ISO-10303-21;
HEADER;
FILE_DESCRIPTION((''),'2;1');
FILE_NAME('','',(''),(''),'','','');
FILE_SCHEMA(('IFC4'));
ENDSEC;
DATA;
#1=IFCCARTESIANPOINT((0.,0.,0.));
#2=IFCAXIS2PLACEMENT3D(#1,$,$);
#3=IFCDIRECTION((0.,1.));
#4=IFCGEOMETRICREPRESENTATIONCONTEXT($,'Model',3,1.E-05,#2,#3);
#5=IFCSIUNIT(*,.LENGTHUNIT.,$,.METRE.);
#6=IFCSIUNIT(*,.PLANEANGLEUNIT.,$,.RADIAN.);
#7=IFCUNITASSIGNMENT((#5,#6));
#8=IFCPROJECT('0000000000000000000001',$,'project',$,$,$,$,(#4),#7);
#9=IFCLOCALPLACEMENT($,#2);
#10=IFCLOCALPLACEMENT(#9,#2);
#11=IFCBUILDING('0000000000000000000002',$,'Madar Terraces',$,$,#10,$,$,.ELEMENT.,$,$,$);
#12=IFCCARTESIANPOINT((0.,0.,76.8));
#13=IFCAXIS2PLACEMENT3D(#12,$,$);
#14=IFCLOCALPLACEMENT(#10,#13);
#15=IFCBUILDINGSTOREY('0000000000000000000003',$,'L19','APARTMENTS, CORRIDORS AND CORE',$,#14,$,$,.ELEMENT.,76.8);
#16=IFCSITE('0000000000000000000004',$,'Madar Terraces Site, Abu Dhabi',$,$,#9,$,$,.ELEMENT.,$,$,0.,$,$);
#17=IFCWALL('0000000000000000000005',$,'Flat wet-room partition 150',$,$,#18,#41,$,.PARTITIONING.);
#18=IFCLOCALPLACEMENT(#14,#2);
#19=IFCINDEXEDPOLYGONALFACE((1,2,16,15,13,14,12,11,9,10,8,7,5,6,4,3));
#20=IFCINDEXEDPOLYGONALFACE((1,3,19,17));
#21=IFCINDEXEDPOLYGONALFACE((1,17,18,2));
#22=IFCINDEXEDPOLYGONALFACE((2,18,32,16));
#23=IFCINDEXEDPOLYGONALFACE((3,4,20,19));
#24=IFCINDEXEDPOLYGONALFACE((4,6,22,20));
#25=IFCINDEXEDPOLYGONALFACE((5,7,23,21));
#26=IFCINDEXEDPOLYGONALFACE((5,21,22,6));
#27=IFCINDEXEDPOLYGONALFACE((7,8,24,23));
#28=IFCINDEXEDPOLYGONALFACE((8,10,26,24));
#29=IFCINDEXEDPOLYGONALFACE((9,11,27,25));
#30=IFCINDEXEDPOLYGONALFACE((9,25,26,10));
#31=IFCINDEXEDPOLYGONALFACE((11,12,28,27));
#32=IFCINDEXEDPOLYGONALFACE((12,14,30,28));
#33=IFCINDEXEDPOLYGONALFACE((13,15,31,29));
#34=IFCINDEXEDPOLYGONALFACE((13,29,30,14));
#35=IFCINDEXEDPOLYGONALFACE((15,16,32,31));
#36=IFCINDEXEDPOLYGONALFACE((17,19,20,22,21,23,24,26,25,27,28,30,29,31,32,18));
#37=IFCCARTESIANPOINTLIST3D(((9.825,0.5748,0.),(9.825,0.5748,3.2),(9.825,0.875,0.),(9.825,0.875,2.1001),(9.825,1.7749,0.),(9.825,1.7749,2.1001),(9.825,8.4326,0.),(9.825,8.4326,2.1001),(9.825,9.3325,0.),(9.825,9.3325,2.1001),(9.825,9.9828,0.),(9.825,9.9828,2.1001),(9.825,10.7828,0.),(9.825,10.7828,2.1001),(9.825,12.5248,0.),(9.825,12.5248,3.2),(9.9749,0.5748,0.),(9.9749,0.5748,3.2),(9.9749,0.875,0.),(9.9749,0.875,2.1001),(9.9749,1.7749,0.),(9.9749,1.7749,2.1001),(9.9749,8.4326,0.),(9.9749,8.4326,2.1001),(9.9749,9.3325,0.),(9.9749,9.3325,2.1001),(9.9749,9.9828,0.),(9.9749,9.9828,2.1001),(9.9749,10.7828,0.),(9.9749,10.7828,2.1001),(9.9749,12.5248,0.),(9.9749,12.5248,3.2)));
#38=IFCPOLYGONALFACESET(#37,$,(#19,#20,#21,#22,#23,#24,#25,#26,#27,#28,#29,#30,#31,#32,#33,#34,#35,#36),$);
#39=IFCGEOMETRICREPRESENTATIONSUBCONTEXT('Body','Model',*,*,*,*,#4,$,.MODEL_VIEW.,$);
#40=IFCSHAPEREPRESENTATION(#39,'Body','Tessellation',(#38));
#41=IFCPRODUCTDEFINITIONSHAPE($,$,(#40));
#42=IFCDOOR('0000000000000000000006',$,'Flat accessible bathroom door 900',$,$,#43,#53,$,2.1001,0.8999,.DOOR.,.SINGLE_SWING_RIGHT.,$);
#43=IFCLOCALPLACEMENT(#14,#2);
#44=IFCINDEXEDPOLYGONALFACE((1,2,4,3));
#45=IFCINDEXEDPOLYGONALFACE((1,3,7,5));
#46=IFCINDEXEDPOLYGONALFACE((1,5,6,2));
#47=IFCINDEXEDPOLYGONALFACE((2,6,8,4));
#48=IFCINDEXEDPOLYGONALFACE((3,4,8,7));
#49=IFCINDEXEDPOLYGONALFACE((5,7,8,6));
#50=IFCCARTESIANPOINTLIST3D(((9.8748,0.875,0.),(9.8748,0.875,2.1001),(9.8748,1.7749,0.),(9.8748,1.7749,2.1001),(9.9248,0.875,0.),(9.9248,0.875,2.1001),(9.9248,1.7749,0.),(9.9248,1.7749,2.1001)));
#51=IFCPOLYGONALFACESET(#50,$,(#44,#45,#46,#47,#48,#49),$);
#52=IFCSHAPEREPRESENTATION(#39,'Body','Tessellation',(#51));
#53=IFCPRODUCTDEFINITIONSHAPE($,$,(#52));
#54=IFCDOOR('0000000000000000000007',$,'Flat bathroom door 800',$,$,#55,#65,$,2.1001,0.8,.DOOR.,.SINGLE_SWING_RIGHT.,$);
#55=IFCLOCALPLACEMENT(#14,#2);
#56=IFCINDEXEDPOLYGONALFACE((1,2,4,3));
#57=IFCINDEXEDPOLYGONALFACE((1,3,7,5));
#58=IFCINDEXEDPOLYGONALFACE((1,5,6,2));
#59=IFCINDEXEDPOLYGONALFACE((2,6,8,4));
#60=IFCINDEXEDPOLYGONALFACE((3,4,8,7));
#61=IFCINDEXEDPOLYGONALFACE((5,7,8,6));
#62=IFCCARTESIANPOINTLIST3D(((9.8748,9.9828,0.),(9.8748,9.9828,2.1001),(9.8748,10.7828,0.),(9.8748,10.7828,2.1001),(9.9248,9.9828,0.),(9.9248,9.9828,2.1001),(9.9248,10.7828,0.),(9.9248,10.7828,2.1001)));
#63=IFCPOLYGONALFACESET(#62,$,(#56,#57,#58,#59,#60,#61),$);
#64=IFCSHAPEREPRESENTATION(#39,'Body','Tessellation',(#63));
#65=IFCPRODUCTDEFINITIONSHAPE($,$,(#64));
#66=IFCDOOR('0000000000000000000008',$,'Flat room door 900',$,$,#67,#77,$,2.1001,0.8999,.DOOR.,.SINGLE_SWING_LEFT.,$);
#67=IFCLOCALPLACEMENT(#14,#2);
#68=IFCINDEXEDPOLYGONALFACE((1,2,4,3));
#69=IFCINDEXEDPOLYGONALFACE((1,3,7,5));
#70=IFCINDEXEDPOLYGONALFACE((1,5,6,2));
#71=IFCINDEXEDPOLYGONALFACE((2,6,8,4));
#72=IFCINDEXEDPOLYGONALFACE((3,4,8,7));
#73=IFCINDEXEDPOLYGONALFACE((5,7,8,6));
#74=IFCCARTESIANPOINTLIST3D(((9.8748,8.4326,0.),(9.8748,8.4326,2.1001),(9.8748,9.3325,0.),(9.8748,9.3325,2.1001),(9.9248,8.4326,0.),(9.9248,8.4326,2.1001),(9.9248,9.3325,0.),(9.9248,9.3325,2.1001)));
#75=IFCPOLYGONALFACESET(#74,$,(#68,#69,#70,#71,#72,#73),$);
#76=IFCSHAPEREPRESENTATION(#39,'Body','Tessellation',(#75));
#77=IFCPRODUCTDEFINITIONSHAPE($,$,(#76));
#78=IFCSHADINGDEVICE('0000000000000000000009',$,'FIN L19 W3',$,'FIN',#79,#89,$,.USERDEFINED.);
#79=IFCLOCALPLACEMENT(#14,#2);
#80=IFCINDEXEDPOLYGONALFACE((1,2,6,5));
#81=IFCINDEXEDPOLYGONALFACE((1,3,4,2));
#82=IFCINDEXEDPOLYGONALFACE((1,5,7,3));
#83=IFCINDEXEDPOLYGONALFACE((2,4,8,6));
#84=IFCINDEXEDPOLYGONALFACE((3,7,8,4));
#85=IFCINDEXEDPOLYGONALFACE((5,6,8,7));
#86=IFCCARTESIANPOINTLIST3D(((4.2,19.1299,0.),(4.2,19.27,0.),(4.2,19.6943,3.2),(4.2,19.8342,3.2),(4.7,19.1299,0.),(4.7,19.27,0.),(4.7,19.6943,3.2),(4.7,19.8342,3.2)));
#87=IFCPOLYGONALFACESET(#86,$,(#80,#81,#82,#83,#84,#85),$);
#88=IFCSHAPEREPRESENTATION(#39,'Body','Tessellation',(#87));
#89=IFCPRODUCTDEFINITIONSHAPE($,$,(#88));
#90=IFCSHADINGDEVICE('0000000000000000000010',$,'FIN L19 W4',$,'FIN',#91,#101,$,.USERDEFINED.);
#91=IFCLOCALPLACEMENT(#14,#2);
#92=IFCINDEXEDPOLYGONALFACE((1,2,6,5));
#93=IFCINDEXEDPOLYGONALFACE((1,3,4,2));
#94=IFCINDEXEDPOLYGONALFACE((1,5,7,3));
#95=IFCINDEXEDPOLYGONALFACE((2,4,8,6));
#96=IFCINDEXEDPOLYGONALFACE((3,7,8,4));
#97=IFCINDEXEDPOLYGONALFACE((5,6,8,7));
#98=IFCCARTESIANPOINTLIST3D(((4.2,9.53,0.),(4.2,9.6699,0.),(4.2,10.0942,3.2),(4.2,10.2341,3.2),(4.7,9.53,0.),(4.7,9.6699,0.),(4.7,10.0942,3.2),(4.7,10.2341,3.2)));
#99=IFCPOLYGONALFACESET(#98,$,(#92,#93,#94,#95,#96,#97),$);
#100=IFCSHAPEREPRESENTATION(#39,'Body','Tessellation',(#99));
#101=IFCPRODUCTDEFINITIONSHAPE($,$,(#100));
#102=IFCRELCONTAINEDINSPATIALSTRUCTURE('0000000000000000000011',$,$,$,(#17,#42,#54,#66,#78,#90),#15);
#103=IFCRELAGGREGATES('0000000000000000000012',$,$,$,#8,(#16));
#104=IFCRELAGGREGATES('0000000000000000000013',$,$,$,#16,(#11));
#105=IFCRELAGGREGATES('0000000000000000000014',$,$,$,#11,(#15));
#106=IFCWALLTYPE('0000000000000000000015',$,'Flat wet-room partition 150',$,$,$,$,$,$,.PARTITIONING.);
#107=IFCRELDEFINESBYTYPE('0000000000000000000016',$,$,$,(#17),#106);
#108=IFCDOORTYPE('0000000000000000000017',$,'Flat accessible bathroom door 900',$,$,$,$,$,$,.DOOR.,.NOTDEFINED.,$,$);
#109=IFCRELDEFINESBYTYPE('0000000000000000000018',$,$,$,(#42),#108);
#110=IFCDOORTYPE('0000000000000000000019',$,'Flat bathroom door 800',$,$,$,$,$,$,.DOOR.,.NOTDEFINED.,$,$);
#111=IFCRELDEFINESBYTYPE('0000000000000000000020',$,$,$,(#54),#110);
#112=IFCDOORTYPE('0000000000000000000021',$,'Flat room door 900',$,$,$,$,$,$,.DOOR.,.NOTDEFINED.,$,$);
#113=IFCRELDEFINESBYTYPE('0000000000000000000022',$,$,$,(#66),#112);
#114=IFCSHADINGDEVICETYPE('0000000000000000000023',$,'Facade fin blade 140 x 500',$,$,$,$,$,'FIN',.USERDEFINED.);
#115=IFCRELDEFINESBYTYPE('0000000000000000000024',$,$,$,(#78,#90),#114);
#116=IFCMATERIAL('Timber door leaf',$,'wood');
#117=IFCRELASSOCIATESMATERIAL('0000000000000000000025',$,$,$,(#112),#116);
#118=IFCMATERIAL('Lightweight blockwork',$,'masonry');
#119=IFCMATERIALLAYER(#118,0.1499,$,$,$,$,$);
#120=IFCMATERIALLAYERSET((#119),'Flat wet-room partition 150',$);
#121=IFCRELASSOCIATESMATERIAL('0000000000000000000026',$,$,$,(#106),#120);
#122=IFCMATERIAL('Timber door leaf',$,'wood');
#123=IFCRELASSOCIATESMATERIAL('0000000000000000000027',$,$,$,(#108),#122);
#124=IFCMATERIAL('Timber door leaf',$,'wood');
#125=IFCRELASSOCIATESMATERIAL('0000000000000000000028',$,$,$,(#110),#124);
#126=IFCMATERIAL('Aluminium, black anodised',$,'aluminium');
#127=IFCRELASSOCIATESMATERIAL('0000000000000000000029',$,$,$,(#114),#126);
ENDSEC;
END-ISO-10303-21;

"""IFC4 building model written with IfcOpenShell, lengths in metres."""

from ifc_helpers import new_model, si_unit, direction, frame, frame_2d, origin, place, context, subcontext, project, spatial, polyline, rectangle, outline, extrude, material, layer, layer_set, type_object, element, fill, save


model = new_model("IFC4")

# Units and contexts
model_context = context("Model", 3, precision=1e-05, world=origin(), true_north=direction((0.0, 1.0)))
body_context = subcontext(model_context, "Body", "Model", "MODEL_VIEW")
ifc_project = project(units=[si_unit("LENGTHUNIT", "METRE"), si_unit("PLANEANGLEUNIT", "RADIAN")], contexts=[model_context])

# Site, building, storey
site_placement = place(None, origin())
site = spatial("IfcSite", under=ifc_project, at=site_placement, Name="Madar Terraces Site, Abu Dhabi", CompositionType="ELEMENT", RefElevation=0.0)
building_placement = place(site_placement, origin())
building = spatial("IfcBuilding", under=site, at=building_placement, Name="Madar Terraces", CompositionType="ELEMENT")
storey_placement = place(building_placement, frame((0.0, 0.0, 76.8)))
storey = spatial("IfcBuildingStorey", under=building, at=storey_placement, Name="L19", Description="APARTMENTS, CORRIDORS AND CORE", CompositionType="ELEMENT", Elevation=76.8)

# Shared definitions
ifc_material_1 = material(Name="Timber door leaf", Category="wood")
door_type_1 = type_object("IfcDoorType", Name="Flat room door 900", OperationType="NOTDEFINED", PredefinedType="DOOR", material=ifc_material_1)

# Shared definitions
ifc_material_2 = material(Name="Lightweight blockwork", Category="masonry")
ifc_layer_1 = layer(ifc_material_2, 0.1499)
ifc_layer_set_1 = layer_set([ifc_layer_1], Name="Flat wet-room partition 150")
wall_type_1 = type_object("IfcWallType", Name="Flat wet-room partition 150", PredefinedType="PARTITIONING", material=ifc_layer_set_1)

# Wall, openings, doors
wall_1_placement = place(storey_placement, frame((9.8999, 12.5249, 0.0), z_axis=(0.0, 0.0, 1.0), x_axis=(0.0, -1.0, 0.0)))
wall_1 = element("IfcWall", 1, at=wall_1_placement, inside=storey, type_object=wall_type_1, Name="Flat wet-room partition 150", PredefinedType="PARTITIONING", context=body_context, shape_type="SweptSolid", body=[
    extrude(rectangle(XDim=11.95, YDim=0.1499, at=frame_2d((5.9751, 0.0))), origin(), (0.0, 0.0, 1.0), 3.2),
])
opening_1_placement = place(wall_1_placement, frame((1.7422, 0.0, 0.0)))
opening_1 = element("IfcOpeningElement", 2, at=opening_1_placement, cuts=wall_1, PredefinedType="OPENING", context=body_context, shape_type="SweptSolid", body=[
    extrude(rectangle(XDim=0.8, YDim=2.1001, at=frame_2d((0.3999, 1.05))), frame((0.0, 0.085, 0.0), z_axis=(0.0, -1.0, 0.0), x_axis=(1.0, 0.0, 0.0)), (0.0, 0.0, 1.0), 0.1699),
])
opening_2_placement = place(wall_1_placement, frame((3.1924, 0.0, 0.0)))
opening_2 = element("IfcOpeningElement", 3, at=opening_2_placement, cuts=wall_1, PredefinedType="OPENING", context=body_context, shape_type="SweptSolid", body=[
    extrude(rectangle(XDim=0.8999, YDim=2.1001, at=frame_2d((0.45, 1.05))), frame((0.0, 0.085, 0.0), z_axis=(0.0, -1.0, 0.0), x_axis=(1.0, 0.0, 0.0)), (0.0, 0.0, 1.0), 0.1699),
])
opening_3_placement = place(wall_1_placement, frame((10.75, 0.0, 0.0)))
opening_3 = element("IfcOpeningElement", 4, at=opening_3_placement, cuts=wall_1, PredefinedType="OPENING", context=body_context, shape_type="SweptSolid", body=[
    extrude(rectangle(XDim=0.8999, YDim=2.1001, at=frame_2d((0.45, 1.05))), frame((0.0, 0.085, 0.0), z_axis=(0.0, -1.0, 0.0), x_axis=(1.0, 0.0, 0.0)), (0.0, 0.0, 1.0), 0.1699),
])
ifc_material_3 = material(Name="Timber door leaf", Category="wood")
door_type_2 = type_object("IfcDoorType", Name="Flat accessible bathroom door 900", OperationType="NOTDEFINED", PredefinedType="DOOR", material=ifc_material_3)
door_1_placement = place(opening_3_placement, origin())
door_1 = element("IfcDoor", 5, at=door_1_placement, inside=storey, type_object=door_type_2, Name="Flat accessible bathroom door 900", OperationType="SINGLE_SWING_RIGHT", OverallHeight=2.1001, OverallWidth=0.8999, PredefinedType="DOOR", context=body_context, shape_type="SweptSolid", body=[
    extrude(rectangle(XDim=0.8999, YDim=2.1001, at=frame_2d((0.45, 1.05))), frame((0.0, 0.0249, 0.0), z_axis=(0.0, -1.0, 0.0), x_axis=(1.0, 0.0, 0.0)), (0.0, 0.0, 1.0), 0.05),
])
fill(opening_3, door_1)
ifc_material_4 = material(Name="Timber door leaf", Category="wood")
door_type_3 = type_object("IfcDoorType", Name="Flat bathroom door 800", OperationType="NOTDEFINED", PredefinedType="DOOR", material=ifc_material_4)
door_2_placement = place(opening_1_placement, origin())
door_2 = element("IfcDoor", 6, at=door_2_placement, inside=storey, type_object=door_type_3, Name="Flat bathroom door 800", OperationType="SINGLE_SWING_RIGHT", OverallHeight=2.1001, OverallWidth=0.8, PredefinedType="DOOR", context=body_context, shape_type="SweptSolid", body=[
    extrude(rectangle(XDim=0.8, YDim=2.1001, at=frame_2d((0.3999, 1.05))), frame((0.0, 0.0249, 0.0), z_axis=(0.0, -1.0, 0.0), x_axis=(1.0, 0.0, 0.0)), (0.0, 0.0, 1.0), 0.05),
])
fill(opening_1, door_2)
door_3_placement = place(opening_2_placement, origin())
door_3 = element("IfcDoor", 7, at=door_3_placement, inside=storey, type_object=door_type_1, Name="Flat room door 900", OperationType="SINGLE_SWING_LEFT", OverallHeight=2.1001, OverallWidth=0.8999, PredefinedType="DOOR", context=body_context, shape_type="SweptSolid", body=[
    extrude(rectangle(XDim=0.8999, YDim=2.1001, at=frame_2d((0.45, 1.05))), frame((0.0, 0.0249, 0.0), z_axis=(0.0, -1.0, 0.0), x_axis=(1.0, 0.0, 0.0)), (0.0, 0.0, 1.0), 0.05),
])
fill(opening_2, door_3)

# Shading devices
ifc_material_5 = material(Name="Aluminium, black anodised", Category="aluminium")
shading_device_type = type_object("IfcShadingDeviceType", Name="Facade fin blade 140 x 500", ElementType="FIN", PredefinedType="USERDEFINED", material=ifc_material_5)
shading_device_1_placement = place(storey_placement, frame((4.45, 19.27, 0.0), z_axis=(0.0, 0.0, 1.0), x_axis=(0.0, -1.0, 0.0)))
element("IfcShadingDevice", 8, at=shading_device_1_placement, inside=storey, type_object=shading_device_type, Name="FIN L19 W3", ObjectType="FIN", PredefinedType="USERDEFINED", context=body_context, shape_type="SweptSolid", body=[
    extrude(outline(polyline([(0.0, 0.0), (0.1401, 0.0), (-0.4243, 3.2), (-0.5642, 3.2), (0.0, 0.0)])), frame((0.0, 0.25, 0.0), z_axis=(0.0, -1.0, 0.0), x_axis=(1.0, 0.0, 0.0)), (0.0, 0.0, 1.0), 0.5),
])
shading_device_2_placement = place(storey_placement, frame((4.45, 9.6699, 0.0), z_axis=(0.0, 0.0, 1.0), x_axis=(0.0, -1.0, 0.0)))
element("IfcShadingDevice", 9, at=shading_device_2_placement, inside=storey, type_object=shading_device_type, Name="FIN L19 W4", ObjectType="FIN", PredefinedType="USERDEFINED", context=body_context, shape_type="SweptSolid", body=[
    extrude(outline(polyline([(0.0, 0.0), (0.1399, 0.0), (-0.4243, 3.2), (-0.5642, 3.2), (0.0, 0.0)])), frame((0.0, 0.25, 0.0), z_axis=(0.0, -1.0, 0.0), x_axis=(1.0, 0.0, 0.0)), (0.0, 0.0, 1.0), 0.5),
])

save(model, "model.ifc")
